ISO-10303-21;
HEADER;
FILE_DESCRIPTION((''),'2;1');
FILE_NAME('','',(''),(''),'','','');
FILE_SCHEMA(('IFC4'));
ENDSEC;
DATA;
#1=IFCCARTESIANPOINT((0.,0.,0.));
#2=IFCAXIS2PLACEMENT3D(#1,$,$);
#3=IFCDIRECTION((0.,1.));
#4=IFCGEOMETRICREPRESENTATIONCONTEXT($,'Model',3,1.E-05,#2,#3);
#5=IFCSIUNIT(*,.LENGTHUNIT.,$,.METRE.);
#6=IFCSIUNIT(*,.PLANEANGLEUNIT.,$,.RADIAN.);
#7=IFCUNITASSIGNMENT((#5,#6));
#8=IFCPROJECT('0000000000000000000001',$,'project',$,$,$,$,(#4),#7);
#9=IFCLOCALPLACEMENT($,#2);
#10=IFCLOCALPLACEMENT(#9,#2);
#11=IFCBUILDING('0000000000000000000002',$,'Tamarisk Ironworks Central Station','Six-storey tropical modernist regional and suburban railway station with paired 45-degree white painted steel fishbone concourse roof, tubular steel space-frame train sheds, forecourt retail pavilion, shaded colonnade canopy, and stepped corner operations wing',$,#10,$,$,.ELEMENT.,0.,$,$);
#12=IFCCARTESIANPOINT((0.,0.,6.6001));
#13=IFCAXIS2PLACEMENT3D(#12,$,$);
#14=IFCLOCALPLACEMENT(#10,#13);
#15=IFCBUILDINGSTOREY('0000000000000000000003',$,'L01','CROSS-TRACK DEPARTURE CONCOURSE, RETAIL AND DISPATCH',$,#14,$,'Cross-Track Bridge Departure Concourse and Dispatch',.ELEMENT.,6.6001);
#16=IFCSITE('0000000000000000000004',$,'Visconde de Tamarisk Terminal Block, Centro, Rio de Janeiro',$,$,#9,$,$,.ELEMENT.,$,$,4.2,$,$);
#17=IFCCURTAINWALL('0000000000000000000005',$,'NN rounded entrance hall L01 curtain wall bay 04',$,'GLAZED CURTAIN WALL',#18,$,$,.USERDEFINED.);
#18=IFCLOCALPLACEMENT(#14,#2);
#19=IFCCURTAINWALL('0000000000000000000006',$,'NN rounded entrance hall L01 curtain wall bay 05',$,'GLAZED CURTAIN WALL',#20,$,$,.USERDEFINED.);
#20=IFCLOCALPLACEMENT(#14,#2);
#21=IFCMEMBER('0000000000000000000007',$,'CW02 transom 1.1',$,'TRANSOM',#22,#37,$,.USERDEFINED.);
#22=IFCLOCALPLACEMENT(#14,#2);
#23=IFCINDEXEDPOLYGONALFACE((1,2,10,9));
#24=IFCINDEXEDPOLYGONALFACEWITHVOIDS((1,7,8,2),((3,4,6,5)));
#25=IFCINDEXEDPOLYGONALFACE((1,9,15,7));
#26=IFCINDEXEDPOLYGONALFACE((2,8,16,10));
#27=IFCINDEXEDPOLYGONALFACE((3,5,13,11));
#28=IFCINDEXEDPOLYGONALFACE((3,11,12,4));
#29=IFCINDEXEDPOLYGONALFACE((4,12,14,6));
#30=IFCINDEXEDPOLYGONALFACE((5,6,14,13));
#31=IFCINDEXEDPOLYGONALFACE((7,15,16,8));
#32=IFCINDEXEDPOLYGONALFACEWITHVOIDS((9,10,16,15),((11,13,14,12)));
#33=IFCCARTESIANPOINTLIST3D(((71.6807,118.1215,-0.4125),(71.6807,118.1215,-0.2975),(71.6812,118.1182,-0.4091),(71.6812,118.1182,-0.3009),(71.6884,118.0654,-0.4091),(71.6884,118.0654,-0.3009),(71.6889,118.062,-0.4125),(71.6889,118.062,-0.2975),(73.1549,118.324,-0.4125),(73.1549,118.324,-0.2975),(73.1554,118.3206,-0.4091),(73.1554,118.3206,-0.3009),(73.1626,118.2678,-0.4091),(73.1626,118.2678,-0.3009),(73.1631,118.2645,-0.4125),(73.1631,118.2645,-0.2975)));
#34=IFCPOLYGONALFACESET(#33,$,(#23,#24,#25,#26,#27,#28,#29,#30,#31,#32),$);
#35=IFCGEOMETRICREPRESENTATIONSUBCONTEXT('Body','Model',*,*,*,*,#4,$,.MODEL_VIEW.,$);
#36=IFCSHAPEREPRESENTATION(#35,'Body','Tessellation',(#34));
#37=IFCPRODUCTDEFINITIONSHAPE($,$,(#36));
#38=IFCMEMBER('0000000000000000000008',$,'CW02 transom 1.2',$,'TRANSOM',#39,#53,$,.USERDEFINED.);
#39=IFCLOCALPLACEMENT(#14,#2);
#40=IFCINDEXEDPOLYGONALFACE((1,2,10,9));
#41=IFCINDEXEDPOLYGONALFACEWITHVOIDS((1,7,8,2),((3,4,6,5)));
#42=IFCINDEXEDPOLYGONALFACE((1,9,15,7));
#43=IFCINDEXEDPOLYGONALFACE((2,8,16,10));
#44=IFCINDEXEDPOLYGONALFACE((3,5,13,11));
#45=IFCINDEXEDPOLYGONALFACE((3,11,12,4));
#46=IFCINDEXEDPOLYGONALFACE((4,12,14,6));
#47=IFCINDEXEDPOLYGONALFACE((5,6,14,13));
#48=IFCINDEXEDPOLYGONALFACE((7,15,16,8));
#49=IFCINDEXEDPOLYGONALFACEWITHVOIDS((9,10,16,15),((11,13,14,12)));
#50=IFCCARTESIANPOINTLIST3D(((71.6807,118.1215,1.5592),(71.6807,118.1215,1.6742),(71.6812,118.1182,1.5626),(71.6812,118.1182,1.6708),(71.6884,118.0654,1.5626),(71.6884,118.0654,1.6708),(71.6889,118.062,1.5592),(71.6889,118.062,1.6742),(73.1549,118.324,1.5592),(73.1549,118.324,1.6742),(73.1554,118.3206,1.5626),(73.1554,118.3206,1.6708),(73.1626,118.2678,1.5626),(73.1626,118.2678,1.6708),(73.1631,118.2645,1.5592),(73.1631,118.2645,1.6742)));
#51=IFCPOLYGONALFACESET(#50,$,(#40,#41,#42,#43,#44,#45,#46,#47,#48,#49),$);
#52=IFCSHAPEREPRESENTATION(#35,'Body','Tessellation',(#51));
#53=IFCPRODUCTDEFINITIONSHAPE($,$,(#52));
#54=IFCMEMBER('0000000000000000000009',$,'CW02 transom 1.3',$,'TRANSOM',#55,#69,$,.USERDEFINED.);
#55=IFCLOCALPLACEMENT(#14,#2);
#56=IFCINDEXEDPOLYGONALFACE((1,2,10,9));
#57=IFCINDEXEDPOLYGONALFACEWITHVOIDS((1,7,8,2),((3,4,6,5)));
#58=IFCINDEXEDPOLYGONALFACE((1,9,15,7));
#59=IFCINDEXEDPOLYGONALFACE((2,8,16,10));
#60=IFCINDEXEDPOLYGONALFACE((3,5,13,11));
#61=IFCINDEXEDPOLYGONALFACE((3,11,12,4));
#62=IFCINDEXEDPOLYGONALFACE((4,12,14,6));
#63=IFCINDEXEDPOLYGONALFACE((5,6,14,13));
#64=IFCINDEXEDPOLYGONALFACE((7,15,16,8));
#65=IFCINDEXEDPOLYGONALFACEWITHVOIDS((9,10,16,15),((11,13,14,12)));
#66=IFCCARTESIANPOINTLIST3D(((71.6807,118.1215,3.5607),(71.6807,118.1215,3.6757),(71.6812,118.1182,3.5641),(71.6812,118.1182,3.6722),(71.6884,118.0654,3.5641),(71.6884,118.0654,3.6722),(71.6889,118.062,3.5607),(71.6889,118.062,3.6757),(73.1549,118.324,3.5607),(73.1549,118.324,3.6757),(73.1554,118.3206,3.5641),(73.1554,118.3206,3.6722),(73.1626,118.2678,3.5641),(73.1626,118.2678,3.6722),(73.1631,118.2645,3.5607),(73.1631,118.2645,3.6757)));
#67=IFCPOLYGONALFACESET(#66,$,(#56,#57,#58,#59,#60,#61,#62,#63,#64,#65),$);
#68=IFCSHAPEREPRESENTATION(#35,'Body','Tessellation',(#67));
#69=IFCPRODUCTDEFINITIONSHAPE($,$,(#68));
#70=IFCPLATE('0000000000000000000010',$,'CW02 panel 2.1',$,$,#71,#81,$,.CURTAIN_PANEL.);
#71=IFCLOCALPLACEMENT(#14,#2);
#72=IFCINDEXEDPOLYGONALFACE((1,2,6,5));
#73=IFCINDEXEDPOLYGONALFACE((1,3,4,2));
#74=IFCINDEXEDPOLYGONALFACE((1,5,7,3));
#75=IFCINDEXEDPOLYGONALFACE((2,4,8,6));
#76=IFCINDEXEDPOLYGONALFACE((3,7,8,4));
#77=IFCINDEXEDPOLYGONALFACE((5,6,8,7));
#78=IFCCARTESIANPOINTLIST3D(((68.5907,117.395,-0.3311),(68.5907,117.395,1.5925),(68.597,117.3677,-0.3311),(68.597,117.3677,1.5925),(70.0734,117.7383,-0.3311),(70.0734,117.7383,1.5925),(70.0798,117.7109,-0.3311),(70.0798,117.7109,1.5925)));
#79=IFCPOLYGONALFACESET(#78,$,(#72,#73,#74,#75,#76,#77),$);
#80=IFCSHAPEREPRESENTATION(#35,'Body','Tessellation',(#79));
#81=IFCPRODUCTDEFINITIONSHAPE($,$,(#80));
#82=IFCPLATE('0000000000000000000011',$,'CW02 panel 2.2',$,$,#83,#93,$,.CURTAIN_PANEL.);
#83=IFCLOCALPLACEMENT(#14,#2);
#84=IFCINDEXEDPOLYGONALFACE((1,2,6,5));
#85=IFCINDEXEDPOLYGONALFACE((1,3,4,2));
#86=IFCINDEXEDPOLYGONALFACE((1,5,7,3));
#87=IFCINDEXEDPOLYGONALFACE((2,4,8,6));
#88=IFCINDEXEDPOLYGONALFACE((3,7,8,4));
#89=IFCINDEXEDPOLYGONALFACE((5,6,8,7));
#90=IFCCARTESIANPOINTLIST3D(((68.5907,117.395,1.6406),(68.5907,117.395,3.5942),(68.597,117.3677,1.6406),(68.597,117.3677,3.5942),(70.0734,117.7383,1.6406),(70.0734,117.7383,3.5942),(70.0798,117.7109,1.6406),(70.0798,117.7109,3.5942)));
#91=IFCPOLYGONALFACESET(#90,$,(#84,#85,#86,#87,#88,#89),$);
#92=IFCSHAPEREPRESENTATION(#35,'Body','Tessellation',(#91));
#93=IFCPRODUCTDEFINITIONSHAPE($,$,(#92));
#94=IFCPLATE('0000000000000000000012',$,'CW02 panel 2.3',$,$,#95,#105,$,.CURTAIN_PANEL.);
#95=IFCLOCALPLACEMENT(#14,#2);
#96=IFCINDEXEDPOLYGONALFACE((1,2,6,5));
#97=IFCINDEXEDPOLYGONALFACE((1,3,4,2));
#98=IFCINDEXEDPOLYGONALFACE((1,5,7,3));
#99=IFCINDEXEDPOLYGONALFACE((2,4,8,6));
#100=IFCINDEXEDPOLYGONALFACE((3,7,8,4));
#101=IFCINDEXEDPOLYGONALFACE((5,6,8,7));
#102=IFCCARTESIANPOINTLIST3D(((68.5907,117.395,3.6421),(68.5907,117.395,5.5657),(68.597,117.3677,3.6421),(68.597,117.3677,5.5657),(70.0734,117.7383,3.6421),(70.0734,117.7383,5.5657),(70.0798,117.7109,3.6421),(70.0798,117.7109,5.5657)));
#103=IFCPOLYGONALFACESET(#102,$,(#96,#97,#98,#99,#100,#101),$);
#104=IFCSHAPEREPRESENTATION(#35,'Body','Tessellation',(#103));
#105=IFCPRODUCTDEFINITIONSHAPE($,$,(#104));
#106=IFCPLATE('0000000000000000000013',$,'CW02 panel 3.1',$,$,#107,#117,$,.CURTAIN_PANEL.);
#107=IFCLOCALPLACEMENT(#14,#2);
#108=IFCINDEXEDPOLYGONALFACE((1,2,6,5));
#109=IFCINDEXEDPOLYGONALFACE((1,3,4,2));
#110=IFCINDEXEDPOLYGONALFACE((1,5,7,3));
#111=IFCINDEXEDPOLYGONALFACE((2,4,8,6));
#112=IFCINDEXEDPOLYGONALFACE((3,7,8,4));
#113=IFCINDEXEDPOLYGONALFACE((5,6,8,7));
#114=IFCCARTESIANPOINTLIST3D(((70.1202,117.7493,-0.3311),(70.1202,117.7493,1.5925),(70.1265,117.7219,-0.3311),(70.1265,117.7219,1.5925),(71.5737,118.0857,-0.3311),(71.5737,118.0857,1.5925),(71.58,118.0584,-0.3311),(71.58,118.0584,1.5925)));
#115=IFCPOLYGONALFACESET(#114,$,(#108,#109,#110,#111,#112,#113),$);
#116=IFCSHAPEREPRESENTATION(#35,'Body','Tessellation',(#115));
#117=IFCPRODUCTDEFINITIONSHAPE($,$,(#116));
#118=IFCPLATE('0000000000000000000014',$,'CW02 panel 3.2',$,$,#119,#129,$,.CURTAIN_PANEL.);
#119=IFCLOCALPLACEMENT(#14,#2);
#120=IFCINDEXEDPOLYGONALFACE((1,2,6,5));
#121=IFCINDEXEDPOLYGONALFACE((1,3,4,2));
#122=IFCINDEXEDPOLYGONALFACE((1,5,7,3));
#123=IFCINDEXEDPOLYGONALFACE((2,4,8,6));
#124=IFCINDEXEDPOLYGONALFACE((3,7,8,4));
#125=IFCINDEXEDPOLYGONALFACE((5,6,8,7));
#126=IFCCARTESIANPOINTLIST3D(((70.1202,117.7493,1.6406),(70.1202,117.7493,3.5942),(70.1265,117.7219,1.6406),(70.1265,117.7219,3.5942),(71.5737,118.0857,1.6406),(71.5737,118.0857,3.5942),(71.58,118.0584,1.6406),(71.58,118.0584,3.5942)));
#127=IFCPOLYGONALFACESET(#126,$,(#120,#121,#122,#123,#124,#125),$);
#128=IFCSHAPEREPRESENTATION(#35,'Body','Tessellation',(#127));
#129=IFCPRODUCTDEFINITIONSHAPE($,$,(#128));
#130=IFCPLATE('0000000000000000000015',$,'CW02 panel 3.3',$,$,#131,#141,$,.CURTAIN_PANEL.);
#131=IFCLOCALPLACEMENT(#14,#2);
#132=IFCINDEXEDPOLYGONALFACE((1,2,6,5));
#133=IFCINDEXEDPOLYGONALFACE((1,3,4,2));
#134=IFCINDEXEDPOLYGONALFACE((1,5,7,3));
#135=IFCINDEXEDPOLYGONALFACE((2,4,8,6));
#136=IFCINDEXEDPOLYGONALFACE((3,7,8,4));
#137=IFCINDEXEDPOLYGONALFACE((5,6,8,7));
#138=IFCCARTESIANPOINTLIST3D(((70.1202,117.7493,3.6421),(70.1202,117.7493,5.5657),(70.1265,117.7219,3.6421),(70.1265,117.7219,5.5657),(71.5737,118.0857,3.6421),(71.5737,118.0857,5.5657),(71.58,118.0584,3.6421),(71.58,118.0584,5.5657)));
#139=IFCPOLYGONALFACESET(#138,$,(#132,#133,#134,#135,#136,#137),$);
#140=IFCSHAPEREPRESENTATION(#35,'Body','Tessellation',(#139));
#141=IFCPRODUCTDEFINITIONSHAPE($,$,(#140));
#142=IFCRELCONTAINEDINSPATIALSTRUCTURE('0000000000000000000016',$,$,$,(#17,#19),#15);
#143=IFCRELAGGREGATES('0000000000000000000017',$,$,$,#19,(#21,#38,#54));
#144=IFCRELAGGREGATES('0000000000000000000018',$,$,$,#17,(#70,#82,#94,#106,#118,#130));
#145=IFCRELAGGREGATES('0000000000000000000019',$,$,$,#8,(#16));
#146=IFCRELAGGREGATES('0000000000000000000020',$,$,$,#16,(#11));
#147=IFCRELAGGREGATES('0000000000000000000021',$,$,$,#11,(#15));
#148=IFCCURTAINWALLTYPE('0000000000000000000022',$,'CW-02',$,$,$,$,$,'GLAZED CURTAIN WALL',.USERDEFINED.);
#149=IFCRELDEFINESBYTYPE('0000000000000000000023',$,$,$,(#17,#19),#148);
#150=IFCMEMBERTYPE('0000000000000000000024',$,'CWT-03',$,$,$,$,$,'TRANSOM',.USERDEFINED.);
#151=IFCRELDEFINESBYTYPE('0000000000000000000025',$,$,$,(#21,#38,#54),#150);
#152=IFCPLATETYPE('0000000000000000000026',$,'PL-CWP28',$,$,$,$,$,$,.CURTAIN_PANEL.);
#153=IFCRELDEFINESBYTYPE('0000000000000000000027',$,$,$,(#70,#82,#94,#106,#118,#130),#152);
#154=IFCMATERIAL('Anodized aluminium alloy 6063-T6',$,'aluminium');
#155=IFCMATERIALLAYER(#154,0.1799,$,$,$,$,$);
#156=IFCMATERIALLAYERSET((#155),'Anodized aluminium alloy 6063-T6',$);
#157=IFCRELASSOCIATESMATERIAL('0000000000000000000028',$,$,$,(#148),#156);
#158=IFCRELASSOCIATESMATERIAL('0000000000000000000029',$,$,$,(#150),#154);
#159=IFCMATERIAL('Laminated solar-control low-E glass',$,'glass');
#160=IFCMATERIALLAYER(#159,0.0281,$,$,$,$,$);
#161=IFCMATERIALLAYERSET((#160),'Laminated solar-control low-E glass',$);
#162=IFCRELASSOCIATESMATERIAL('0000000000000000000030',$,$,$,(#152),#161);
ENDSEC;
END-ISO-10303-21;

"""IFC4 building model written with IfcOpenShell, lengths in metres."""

from ifc_helpers import new_model, si_unit, direction, frame, origin, origin_2d, place, context, subcontext, project, spatial, rectangle, hollow_rectangle, extrude, material, layer, layer_set, material_profile, profile_set, type_object, element, aggregate, save


model = new_model("IFC4")

# Units and contexts
model_context = context("Model", 3, precision=1e-05, world=origin(), true_north=direction((0.0, 1.0)))
body_context = subcontext(model_context, "Body", "Model", "MODEL_VIEW")
ifc_project = project(units=[si_unit("LENGTHUNIT", "METRE"), si_unit("PLANEANGLEUNIT", "RADIAN")], contexts=[model_context])

# Site, building, storey
site_placement = place(None, origin())
site = spatial("IfcSite", under=ifc_project, at=site_placement, Name="Visconde de Tamarisk Terminal Block, Centro, Rio de Janeiro", CompositionType="ELEMENT", RefElevation=4.2)
building_placement = place(site_placement, origin())
building = spatial("IfcBuilding", under=site, at=building_placement, Name="Tamarisk Ironworks Central Station", Description="Six-storey tropical modernist regional and suburban railway station with paired 45-degree white painted steel fishbone concourse roof, tubular steel space-frame train sheds, forecourt retail pavilion, shaded colonnade canopy, and stepped corner operations wing", CompositionType="ELEMENT", ElevationOfRefHeight=0.0)
storey_placement = place(building_placement, frame((0.0, 0.0, 6.6001)))
storey = spatial("IfcBuildingStorey", under=building, at=storey_placement, Name="L01", Description="CROSS-TRACK DEPARTURE CONCOURSE, RETAIL AND DISPATCH", LongName="Cross-Track Bridge Departure Concourse and Dispatch", CompositionType="ELEMENT", Elevation=6.6001)

# Curtain wall
ifc_material_1 = material(Name="Anodized aluminium alloy 6063-T6", Category="aluminium")
ifc_layer_1 = layer(ifc_material_1, 0.1799)
ifc_layer_set_1 = layer_set([ifc_layer_1], Name="Anodized aluminium alloy 6063-T6")
curtain_wall_type = type_object("IfcCurtainWallType", Name="CW-02", ElementType="GLAZED CURTAIN WALL", PredefinedType="USERDEFINED", material=ifc_layer_set_1)
curtain_wall_1_placement = place(storey_placement, origin())
curtain_wall_1 = element("IfcCurtainWall", 1, at=curtain_wall_1_placement, inside=storey, type_object=curtain_wall_type, Name="NN rounded entrance hall L01 curtain wall bay 04", ObjectType="GLAZED CURTAIN WALL", PredefinedType="USERDEFINED")

# Curtain wall
curtain_wall_2_placement = place(storey_placement, origin())
curtain_wall_2 = element("IfcCurtainWall", 2, at=curtain_wall_2_placement, inside=storey, type_object=curtain_wall_type, Name="NN rounded entrance hall L01 curtain wall bay 05", ObjectType="GLAZED CURTAIN WALL", PredefinedType="USERDEFINED")

# Members
ifc_material_profile_1 = material_profile(ifc_material_1, hollow_rectangle(XDim=0.0601, YDim=0.115, WallThickness=0.0034, at=origin_2d()), Name="ALUM 115x60")
ifc_profile_set_1 = profile_set([ifc_material_profile_1], Name="Anodized aluminium alloy 6063-T6")
member_type_1 = type_object("IfcMemberType", Name="CWT-03", ElementType="TRANSOM", PredefinedType="USERDEFINED", material=ifc_profile_set_1)
member_1_placement = place(storey_placement, frame((71.6848, 118.0918, -0.355), z_axis=(0.990706, 0.136021, 0.0), x_axis=(-0.136021, 0.990706, 0.0)))
member_1 = element("IfcMember", 3, at=member_1_placement, type_object=member_type_1, Name="CW02 transom 1.1", ObjectType="TRANSOM", PredefinedType="USERDEFINED", context=body_context, shape_type="SweptSolid", body=[
    extrude(hollow_rectangle(XDim=0.0601, YDim=0.115, WallThickness=0.0034, at=origin_2d()), origin(), (0.0, 0.0, 1.0), 1.488),
])
member_2_placement = place(storey_placement, frame((71.6848, 118.0918, 1.6167), z_axis=(0.990706, 0.136021, 0.0), x_axis=(-0.136021, 0.990706, 0.0)))
member_2 = element("IfcMember", 4, at=member_2_placement, type_object=member_type_1, Name="CW02 transom 1.2", ObjectType="TRANSOM", PredefinedType="USERDEFINED", context=body_context, shape_type="SweptSolid", body=[
    extrude(hollow_rectangle(XDim=0.0601, YDim=0.115, WallThickness=0.0034, at=origin_2d()), origin(), (0.0, 0.0, 1.0), 1.488),
])
member_3_placement = place(storey_placement, frame((71.6848, 118.0918, 3.6182), z_axis=(0.990706, 0.136021, 0.0), x_axis=(-0.136021, 0.990706, 0.0)))
member_3 = element("IfcMember", 5, at=member_3_placement, type_object=member_type_1, Name="CW02 transom 1.3", ObjectType="TRANSOM", PredefinedType="USERDEFINED", context=body_context, shape_type="SweptSolid", body=[
    extrude(hollow_rectangle(XDim=0.0601, YDim=0.115, WallThickness=0.0034, at=origin_2d()), origin(), (0.0, 0.0, 1.0), 1.488),
])
aggregate(curtain_wall_2, [member_1, member_2, member_3])

# Plates
ifc_material_2 = material(Name="Laminated solar-control low-E glass", Category="glass")
ifc_layer_2 = layer(ifc_material_2, 0.0281)
ifc_layer_set_2 = layer_set([ifc_layer_2], Name="Laminated solar-control low-E glass")
plate_type = type_object("IfcPlateType", Name="PL-CWP28", PredefinedType="CURTAIN_PANEL", material=ifc_layer_set_2)
plate_1_placement = place(storey_placement, frame((69.3352, 117.553, -0.3311), z_axis=(0.0, 0.0, 1.0), x_axis=(0.974239, 0.225517, 0.0)))
plate_1 = element("IfcPlate", 6, at=plate_1_placement, type_object=plate_type, Name="CW02 panel 2.1", PredefinedType="CURTAIN_PANEL", context=body_context, shape_type="SweptSolid", body=[
    extrude(rectangle(XDim=1.522, YDim=0.0281, at=origin_2d()), origin(), (0.0, 0.0, 1.0), 1.9236),
])
plate_2_placement = place(storey_placement, frame((69.3352, 117.553, 1.6406), z_axis=(0.0, 0.0, 1.0), x_axis=(0.974239, 0.225517, 0.0)))
plate_2 = element("IfcPlate", 7, at=plate_2_placement, type_object=plate_type, Name="CW02 panel 2.2", PredefinedType="CURTAIN_PANEL", context=body_context, shape_type="SweptSolid", body=[
    extrude(rectangle(XDim=1.522, YDim=0.0281, at=origin_2d()), origin(), (0.0, 0.0, 1.0), 1.9536),
])
plate_3_placement = place(storey_placement, frame((69.3352, 117.553, 3.6421), z_axis=(0.0, 0.0, 1.0), x_axis=(0.974239, 0.225517, 0.0)))
plate_3 = element("IfcPlate", 8, at=plate_3_placement, type_object=plate_type, Name="CW02 panel 2.3", PredefinedType="CURTAIN_PANEL", context=body_context, shape_type="SweptSolid", body=[
    extrude(rectangle(XDim=1.522, YDim=0.0281, at=origin_2d()), origin(), (0.0, 0.0, 1.0), 1.9236),
])
plate_4_placement = place(storey_placement, frame((70.8501, 117.9038, -0.3311), z_axis=(0.0, 0.0, 1.0), x_axis=(0.974239, 0.225517, 0.0)))
plate_4 = element("IfcPlate", 9, at=plate_4_placement, type_object=plate_type, Name="CW02 panel 3.1", PredefinedType="CURTAIN_PANEL", context=body_context, shape_type="SweptSolid", body=[
    extrude(rectangle(XDim=1.4919, YDim=0.0281, at=origin_2d()), origin(), (0.0, 0.0, 1.0), 1.9236),
])
plate_5_placement = place(storey_placement, frame((70.8501, 117.9038, 1.6406), z_axis=(0.0, 0.0, 1.0), x_axis=(0.974239, 0.225517, 0.0)))
plate_5 = element("IfcPlate", 10, at=plate_5_placement, type_object=plate_type, Name="CW02 panel 3.2", PredefinedType="CURTAIN_PANEL", context=body_context, shape_type="SweptSolid", body=[
    extrude(rectangle(XDim=1.4919, YDim=0.0281, at=origin_2d()), origin(), (0.0, 0.0, 1.0), 1.9536),
])
plate_6_placement = place(storey_placement, frame((70.8501, 117.9038, 3.6421), z_axis=(0.0, 0.0, 1.0), x_axis=(0.974239, 0.225517, 0.0)))
plate_6 = element("IfcPlate", 11, at=plate_6_placement, type_object=plate_type, Name="CW02 panel 3.3", PredefinedType="CURTAIN_PANEL", context=body_context, shape_type="SweptSolid", body=[
    extrude(rectangle(XDim=1.4919, YDim=0.0281, at=origin_2d()), origin(), (0.0, 0.0, 1.0), 1.9236),
])
aggregate(curtain_wall_1, [plate_1, plate_2, plate_3, plate_4, plate_5, plate_6])

save(model, "model.ifc")
